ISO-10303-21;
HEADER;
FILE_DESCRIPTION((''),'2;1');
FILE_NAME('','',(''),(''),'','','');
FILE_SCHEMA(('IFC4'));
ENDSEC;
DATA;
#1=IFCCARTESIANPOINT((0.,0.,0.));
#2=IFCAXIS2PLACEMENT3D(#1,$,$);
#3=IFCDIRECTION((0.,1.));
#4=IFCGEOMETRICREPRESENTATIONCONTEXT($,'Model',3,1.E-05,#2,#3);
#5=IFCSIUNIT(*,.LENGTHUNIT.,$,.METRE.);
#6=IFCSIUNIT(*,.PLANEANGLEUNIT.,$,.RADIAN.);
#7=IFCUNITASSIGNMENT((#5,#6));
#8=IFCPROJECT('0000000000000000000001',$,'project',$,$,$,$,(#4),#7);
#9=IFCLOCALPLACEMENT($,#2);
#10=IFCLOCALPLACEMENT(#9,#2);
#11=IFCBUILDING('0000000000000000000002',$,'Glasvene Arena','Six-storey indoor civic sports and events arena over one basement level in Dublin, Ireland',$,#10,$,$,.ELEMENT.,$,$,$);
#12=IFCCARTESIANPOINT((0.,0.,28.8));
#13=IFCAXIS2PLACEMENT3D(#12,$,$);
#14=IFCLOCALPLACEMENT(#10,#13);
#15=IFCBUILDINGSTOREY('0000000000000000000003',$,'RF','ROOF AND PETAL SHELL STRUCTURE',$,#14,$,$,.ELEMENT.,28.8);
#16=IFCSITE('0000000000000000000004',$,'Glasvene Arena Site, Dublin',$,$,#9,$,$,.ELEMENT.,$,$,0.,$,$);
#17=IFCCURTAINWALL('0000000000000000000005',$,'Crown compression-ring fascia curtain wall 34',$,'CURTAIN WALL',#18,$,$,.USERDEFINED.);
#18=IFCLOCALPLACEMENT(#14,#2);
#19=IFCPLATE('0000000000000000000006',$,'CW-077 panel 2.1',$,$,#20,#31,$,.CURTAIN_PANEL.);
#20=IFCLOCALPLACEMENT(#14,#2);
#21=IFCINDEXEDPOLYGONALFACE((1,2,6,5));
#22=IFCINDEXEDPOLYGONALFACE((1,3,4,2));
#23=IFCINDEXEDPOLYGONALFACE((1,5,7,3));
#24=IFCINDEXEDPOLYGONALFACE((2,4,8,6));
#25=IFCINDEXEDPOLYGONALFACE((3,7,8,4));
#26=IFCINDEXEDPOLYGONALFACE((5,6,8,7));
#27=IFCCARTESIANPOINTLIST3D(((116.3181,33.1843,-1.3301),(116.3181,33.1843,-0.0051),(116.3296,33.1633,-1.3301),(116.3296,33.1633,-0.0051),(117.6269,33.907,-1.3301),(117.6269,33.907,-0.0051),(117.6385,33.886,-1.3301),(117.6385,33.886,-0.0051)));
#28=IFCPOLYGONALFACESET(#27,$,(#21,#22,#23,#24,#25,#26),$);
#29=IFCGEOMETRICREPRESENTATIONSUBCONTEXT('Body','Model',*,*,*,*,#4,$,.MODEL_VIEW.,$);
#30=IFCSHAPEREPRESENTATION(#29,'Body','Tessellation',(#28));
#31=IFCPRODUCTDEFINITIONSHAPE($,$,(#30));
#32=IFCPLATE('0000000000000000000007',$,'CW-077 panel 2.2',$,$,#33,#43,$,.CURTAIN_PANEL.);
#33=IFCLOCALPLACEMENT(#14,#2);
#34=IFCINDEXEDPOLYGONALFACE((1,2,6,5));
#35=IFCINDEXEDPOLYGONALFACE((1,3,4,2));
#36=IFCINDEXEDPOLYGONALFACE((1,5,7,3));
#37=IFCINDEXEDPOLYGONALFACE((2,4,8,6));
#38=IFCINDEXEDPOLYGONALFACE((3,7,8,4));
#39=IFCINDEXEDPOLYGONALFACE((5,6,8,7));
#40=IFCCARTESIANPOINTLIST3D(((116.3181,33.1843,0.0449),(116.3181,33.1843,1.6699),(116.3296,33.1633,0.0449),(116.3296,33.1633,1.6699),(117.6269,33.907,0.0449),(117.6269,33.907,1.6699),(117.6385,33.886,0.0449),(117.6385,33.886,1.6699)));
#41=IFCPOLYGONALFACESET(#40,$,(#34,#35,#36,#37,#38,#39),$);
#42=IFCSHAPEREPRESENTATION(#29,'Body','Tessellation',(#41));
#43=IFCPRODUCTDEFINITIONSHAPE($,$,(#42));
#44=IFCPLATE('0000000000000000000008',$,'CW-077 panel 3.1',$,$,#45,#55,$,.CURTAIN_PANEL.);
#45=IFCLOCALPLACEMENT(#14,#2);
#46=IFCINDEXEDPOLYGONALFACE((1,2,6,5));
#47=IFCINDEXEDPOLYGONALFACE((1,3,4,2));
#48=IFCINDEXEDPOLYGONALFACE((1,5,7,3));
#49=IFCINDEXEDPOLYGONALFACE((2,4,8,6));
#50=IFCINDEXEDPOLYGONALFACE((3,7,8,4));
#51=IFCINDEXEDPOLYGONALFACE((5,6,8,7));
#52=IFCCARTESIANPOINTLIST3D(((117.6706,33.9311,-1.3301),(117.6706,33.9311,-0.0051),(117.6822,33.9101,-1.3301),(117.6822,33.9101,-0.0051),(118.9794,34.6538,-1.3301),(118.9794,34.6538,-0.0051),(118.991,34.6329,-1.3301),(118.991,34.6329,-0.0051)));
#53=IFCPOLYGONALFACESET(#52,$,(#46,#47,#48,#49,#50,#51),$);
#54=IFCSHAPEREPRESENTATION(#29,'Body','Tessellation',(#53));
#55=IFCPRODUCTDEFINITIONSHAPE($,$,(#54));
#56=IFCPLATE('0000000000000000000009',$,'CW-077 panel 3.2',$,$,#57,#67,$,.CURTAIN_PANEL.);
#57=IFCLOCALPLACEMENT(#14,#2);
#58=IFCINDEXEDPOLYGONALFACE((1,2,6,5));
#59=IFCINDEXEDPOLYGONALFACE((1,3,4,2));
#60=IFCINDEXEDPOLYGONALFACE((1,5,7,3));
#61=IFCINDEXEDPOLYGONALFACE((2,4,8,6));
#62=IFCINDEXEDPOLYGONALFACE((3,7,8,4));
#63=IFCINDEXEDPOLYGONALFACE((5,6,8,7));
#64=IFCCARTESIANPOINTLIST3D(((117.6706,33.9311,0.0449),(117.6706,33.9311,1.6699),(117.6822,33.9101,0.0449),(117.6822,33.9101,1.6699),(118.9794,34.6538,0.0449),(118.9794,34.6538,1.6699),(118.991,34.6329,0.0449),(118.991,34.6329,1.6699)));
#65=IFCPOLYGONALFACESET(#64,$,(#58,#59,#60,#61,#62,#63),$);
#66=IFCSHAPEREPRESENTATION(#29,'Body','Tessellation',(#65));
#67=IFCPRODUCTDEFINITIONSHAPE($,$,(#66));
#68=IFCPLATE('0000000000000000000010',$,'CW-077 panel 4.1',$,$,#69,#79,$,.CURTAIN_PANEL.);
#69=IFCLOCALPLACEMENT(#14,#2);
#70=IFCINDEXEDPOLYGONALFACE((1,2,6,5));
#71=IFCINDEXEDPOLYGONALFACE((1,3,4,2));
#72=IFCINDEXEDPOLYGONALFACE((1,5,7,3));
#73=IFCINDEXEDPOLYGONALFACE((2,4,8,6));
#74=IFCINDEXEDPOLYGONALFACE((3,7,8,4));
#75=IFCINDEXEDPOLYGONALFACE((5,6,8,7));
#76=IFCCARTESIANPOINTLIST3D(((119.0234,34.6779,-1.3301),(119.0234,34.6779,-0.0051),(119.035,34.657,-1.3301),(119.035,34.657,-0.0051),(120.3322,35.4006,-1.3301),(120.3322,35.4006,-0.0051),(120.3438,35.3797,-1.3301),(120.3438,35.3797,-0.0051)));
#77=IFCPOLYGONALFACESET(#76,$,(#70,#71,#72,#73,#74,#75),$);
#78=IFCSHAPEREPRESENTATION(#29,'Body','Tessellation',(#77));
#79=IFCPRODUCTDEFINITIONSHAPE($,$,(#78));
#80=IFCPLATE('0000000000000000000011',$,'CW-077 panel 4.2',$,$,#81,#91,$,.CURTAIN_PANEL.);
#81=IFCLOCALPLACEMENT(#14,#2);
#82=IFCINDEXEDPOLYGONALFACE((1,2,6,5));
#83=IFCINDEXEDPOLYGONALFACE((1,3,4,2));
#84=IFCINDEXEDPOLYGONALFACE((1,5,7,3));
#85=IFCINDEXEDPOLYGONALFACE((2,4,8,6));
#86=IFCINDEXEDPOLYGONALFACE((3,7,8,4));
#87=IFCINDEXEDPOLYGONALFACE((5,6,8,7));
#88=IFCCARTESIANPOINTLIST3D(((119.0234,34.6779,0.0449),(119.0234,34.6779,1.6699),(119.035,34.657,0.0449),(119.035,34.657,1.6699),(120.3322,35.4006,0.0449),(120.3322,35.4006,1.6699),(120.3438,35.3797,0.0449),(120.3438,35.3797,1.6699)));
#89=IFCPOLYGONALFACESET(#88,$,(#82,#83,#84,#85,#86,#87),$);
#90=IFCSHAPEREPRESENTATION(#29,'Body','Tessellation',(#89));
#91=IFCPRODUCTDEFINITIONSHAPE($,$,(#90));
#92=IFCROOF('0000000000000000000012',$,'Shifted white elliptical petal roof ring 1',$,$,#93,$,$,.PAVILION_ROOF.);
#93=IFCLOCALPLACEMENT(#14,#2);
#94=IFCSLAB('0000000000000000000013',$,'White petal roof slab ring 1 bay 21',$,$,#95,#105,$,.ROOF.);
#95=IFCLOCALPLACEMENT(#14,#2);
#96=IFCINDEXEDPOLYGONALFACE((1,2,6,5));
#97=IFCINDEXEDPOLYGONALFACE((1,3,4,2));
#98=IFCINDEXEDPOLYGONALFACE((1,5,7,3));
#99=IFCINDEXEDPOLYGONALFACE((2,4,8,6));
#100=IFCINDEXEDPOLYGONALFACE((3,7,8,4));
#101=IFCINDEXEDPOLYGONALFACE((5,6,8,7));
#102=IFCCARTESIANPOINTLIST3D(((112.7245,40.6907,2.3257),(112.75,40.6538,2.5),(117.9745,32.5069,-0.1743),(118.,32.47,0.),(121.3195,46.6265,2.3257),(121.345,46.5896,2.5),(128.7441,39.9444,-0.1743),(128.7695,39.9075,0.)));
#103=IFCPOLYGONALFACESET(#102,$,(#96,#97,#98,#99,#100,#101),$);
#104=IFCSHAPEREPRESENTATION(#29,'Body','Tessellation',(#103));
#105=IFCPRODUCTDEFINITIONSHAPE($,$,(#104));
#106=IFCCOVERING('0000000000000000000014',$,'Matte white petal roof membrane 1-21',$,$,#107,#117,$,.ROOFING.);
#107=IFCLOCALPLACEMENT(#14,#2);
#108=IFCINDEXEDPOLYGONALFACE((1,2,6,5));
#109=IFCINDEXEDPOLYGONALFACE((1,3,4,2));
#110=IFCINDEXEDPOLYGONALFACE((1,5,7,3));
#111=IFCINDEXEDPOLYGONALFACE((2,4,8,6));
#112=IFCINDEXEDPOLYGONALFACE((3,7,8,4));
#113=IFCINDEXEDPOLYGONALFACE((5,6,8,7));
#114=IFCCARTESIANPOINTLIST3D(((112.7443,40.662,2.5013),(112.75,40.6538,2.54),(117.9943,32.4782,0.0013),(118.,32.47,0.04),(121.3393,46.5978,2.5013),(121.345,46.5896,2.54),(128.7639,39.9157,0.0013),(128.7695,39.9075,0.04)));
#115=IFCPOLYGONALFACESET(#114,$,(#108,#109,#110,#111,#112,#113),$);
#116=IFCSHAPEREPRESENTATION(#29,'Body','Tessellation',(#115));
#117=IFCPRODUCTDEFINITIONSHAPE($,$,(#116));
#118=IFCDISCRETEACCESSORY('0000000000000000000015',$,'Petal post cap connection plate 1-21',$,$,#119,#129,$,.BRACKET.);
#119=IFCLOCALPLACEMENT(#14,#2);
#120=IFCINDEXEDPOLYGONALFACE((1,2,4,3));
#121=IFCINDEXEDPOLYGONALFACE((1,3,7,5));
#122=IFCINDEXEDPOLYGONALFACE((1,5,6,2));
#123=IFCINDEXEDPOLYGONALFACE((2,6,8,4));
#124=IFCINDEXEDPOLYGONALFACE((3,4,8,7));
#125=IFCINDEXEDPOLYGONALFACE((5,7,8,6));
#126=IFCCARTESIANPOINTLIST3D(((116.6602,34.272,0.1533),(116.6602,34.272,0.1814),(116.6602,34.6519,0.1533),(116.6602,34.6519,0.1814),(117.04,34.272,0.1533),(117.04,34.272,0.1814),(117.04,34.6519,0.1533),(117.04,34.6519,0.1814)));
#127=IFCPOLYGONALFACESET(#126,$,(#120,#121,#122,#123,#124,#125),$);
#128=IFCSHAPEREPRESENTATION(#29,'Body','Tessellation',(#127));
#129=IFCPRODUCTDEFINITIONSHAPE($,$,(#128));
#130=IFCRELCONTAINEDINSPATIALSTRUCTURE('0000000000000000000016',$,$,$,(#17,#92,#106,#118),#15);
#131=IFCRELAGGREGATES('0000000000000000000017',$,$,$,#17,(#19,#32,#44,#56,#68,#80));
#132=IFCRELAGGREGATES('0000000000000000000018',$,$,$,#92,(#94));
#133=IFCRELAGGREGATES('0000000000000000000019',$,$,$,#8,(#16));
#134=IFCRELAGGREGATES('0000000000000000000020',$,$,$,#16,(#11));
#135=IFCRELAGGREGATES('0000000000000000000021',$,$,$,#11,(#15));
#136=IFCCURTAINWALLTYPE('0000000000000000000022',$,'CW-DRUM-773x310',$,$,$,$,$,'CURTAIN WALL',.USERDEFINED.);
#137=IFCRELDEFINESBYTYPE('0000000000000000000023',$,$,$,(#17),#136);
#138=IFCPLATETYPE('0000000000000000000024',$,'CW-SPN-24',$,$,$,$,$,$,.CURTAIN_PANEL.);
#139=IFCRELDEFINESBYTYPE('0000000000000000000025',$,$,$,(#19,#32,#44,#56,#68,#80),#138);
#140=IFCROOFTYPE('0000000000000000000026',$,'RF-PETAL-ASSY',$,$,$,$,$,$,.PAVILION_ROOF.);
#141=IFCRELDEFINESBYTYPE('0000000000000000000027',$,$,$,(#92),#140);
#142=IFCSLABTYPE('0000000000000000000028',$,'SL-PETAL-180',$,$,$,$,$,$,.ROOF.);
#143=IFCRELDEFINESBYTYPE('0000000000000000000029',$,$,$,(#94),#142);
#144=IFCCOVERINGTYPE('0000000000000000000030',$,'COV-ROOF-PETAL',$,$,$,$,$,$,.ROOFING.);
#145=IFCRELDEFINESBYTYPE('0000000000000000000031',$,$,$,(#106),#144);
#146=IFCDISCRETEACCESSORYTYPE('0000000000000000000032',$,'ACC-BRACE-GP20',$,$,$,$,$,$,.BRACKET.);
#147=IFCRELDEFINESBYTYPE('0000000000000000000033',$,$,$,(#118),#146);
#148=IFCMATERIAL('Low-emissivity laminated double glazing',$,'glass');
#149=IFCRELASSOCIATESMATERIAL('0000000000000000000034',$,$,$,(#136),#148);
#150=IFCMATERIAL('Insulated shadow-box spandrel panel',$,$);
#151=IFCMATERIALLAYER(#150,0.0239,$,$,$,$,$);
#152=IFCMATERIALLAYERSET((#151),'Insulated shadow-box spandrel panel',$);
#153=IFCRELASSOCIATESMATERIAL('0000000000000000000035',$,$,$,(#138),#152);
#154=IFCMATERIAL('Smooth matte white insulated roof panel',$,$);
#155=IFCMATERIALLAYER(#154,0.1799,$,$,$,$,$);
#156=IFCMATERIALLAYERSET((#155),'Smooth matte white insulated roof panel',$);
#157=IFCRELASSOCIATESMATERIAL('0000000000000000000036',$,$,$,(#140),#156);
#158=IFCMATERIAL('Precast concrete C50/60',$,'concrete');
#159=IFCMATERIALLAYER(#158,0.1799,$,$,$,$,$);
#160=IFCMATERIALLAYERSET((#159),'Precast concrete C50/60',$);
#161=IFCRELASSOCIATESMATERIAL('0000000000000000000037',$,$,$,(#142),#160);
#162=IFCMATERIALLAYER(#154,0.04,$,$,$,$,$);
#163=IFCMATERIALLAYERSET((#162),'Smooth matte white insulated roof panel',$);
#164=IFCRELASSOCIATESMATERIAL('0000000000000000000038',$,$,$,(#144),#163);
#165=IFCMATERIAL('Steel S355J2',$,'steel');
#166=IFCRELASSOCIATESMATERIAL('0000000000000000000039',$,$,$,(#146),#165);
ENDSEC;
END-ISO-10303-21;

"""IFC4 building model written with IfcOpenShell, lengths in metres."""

from ifc_helpers import new_model, si_unit, direction, frame, origin, origin_2d, place, context, subcontext, project, spatial, polyline, rectangle, outline, extrude, material, layer, layer_set, type_object, element, aggregate, save


model = new_model("IFC4")

# Units and contexts
model_context = context("Model", 3, precision=1e-05, world=origin(), true_north=direction((0.0, 1.0)))
body_context = subcontext(model_context, "Body", "Model", "MODEL_VIEW")
ifc_project = project(units=[si_unit("LENGTHUNIT", "METRE"), si_unit("PLANEANGLEUNIT", "RADIAN")], contexts=[model_context])

# Site, building, storey
site_placement = place(None, origin())
site = spatial("IfcSite", under=ifc_project, at=site_placement, Name="Glasvene Arena Site, Dublin", CompositionType="ELEMENT", RefElevation=0.0)
building_placement = place(site_placement, origin())
building = spatial("IfcBuilding", under=site, at=building_placement, Name="Glasvene Arena", Description="Six-storey indoor civic sports and events arena over one basement level in Dublin, Ireland", CompositionType="ELEMENT")
storey_placement = place(building_placement, frame((0.0, 0.0, 28.8)))
storey = spatial("IfcBuildingStorey", under=building, at=storey_placement, Name="RF", Description="ROOF AND PETAL SHELL STRUCTURE", CompositionType="ELEMENT", Elevation=28.8)

# Shared definitions
ifc_material_1 = material(Name="Low-emissivity laminated double glazing", Category="glass")

# Curtain wall
curtain_wall_type_1 = type_object("IfcCurtainWallType", Name="CW-DRUM-773x310", ElementType="CURTAIN WALL", PredefinedType="USERDEFINED", material=ifc_material_1)
curtain_wall_1_placement = place(storey_placement, frame((114.9492, 32.4148, 0.0)))
curtain_wall_1 = element("IfcCurtainWall", 1, at=curtain_wall_1_placement, inside=storey, type_object=curtain_wall_type_1, Name="Crown compression-ring fascia curtain wall 34", ObjectType="CURTAIN WALL", PredefinedType="USERDEFINED")

# Shared definitions
ifc_material_2 = material(Name="Steel S355J2", Category="steel")

# Plates
ifc_material_3 = material(Name="Insulated shadow-box spandrel panel")
ifc_layer_1 = layer(ifc_material_3, 0.0239)
ifc_layer_set_1 = layer_set([ifc_layer_1], Name="Insulated shadow-box spandrel panel")
plate_type = type_object("IfcPlateType", Name="CW-SPN-24", PredefinedType="CURTAIN_PANEL", material=ifc_layer_set_1)
plate_1_placement = place(storey_placement, frame((116.9783, 33.5352, -1.3301), z_axis=(0.0, 0.0, 1.0), x_axis=(0.875407, 0.483387, 0.0)))
plate_1 = element("IfcPlate", 2, at=plate_1_placement, type_object=plate_type, Name="CW-077 panel 2.1", PredefinedType="CURTAIN_PANEL", context=body_context, shape_type="SweptSolid", body=[
    extrude(rectangle(XDim=1.4951, YDim=0.0239, at=origin_2d()), origin(), (0.0, 0.0, 1.0), 1.325),
])
plate_2_placement = place(storey_placement, frame((116.9783, 33.5352, 0.0449), z_axis=(0.0, 0.0, 1.0), x_axis=(0.875407, 0.483387, 0.0)))
plate_2 = element("IfcPlate", 3, at=plate_2_placement, type_object=plate_type, Name="CW-077 panel 2.2", PredefinedType="CURTAIN_PANEL", context=body_context, shape_type="SweptSolid", body=[
    extrude(rectangle(XDim=1.4951, YDim=0.0239, at=origin_2d()), origin(), (0.0, 0.0, 1.0), 1.625),
])
plate_3_placement = place(storey_placement, frame((118.3308, 34.282, -1.3301), z_axis=(0.0, 0.0, 1.0), x_axis=(0.875407, 0.483387, 0.0)))
plate_3 = element("IfcPlate", 4, at=plate_3_placement, type_object=plate_type, Name="CW-077 panel 3.1", PredefinedType="CURTAIN_PANEL", context=body_context, shape_type="SweptSolid", body=[
    extrude(rectangle(XDim=1.4951, YDim=0.0239, at=origin_2d()), origin(), (0.0, 0.0, 1.0), 1.325),
])
plate_4_placement = place(storey_placement, frame((118.3308, 34.282, 0.0449), z_axis=(0.0, 0.0, 1.0), x_axis=(0.875407, 0.483387, 0.0)))
plate_4 = element("IfcPlate", 5, at=plate_4_placement, type_object=plate_type, Name="CW-077 panel 3.2", PredefinedType="CURTAIN_PANEL", context=body_context, shape_type="SweptSolid", body=[
    extrude(rectangle(XDim=1.4951, YDim=0.0239, at=origin_2d()), origin(), (0.0, 0.0, 1.0), 1.625),
])
plate_5_placement = place(storey_placement, frame((119.6836, 35.0288, -1.3301), z_axis=(0.0, 0.0, 1.0), x_axis=(0.875407, 0.483387, 0.0)))
plate_5 = element("IfcPlate", 6, at=plate_5_placement, type_object=plate_type, Name="CW-077 panel 4.1", PredefinedType="CURTAIN_PANEL", context=body_context, shape_type="SweptSolid", body=[
    extrude(rectangle(XDim=1.4951, YDim=0.0239, at=origin_2d()), origin(), (0.0, 0.0, 1.0), 1.325),
])
plate_6_placement = place(storey_placement, frame((119.6836, 35.0288, 0.0449), z_axis=(0.0, 0.0, 1.0), x_axis=(0.875407, 0.483387, 0.0)))
plate_6 = element("IfcPlate", 7, at=plate_6_placement, type_object=plate_type, Name="CW-077 panel 4.2", PredefinedType="CURTAIN_PANEL", context=body_context, shape_type="SweptSolid", body=[
    extrude(rectangle(XDim=1.4951, YDim=0.0239, at=origin_2d()), origin(), (0.0, 0.0, 1.0), 1.625),
])
aggregate(curtain_wall_1, [plate_1, plate_2, plate_3, plate_4, plate_5, plate_6])

# Roof, slab
ifc_material_4 = material(Name="Smooth matte white insulated roof panel")
ifc_layer_2 = layer(ifc_material_4, 0.1799)
ifc_layer_set_2 = layer_set([ifc_layer_2], Name="Smooth matte white insulated roof panel")
roof_type = type_object("IfcRoofType", Name="RF-PETAL-ASSY", PredefinedType="PAVILION_ROOF", material=ifc_layer_set_2)
roof_placement = place(storey_placement, frame((92.0, 73.0, 0.0)))
roof = element("IfcRoof", 8, at=roof_placement, inside=storey, type_object=roof_type, Name="Shifted white elliptical petal roof ring 1", PredefinedType="PAVILION_ROOF")
ifc_material_5 = material(Name="Precast concrete C50/60", Category="concrete")
ifc_layer_3 = layer(ifc_material_5, 0.1799)
ifc_layer_set_3 = layer_set([ifc_layer_3], Name="Precast concrete C50/60")
slab_type = type_object("IfcSlabType", Name="SL-PETAL-180", PredefinedType="ROOF", material=ifc_layer_set_3)
slab_placement = place(storey_placement, frame((118.0, 32.47, 0.0), z_axis=(0.141586, -0.205017, 0.968463), x_axis=(0.822847, 0.568263, 0.0)))
slab = element("IfcSlab", 9, at=slab_placement, type_object=slab_type, Name="White petal roof slab ring 1 bay 21", PredefinedType="ROOF", context=body_context, shape_type="SweptSolid", body=[
    extrude(outline(polyline([(0.0, 0.0), (13.0881, 0.0), (10.7761, 10.0339), (0.3306, 10.0339), (0.0, 0.0)])), origin(), (0.0, 0.0, -1.0), 0.1799),
])
aggregate(roof, [slab])

# Covering
ifc_layer_4 = layer(ifc_material_4, 0.04)
ifc_layer_set_4 = layer_set([ifc_layer_4], Name="Smooth matte white insulated roof panel")
covering_type = type_object("IfcCoveringType", Name="COV-ROOF-PETAL", PredefinedType="ROOFING", material=ifc_layer_set_4)
covering_placement = place(storey_placement, frame((118.0, 32.47, 0.04), z_axis=(0.141586, -0.205017, 0.968463), x_axis=(0.822847, 0.568263, 0.0)))
element("IfcCovering", 10, at=covering_placement, inside=storey, type_object=covering_type, Name="Matte white petal roof membrane 1-21", PredefinedType="ROOFING", context=body_context, shape_type="SweptSolid", body=[
    extrude(outline(polyline([(0.0, 0.0), (13.0881, 0.0), (10.7761, 10.0339), (0.3306, 10.0339), (0.0, 0.0)])), origin(), (0.0, 0.0, -1.0), 0.04),
])

# Discrete accessory
discrete_accessory_type = type_object("IfcDiscreteAccessoryType", Name="ACC-BRACE-GP20", PredefinedType="BRACKET", material=ifc_material_2)
discrete_accessory_placement = place(storey_placement, frame((116.8501, 34.4619, 0.1533), z_axis=(0.0, 0.0, 1.0), x_axis=(1.0, 0.0, 0.0)))
element("IfcDiscreteAccessory", 11, at=discrete_accessory_placement, inside=storey, type_object=discrete_accessory_type, Name="Petal post cap connection plate 1-21", PredefinedType="BRACKET", context=body_context, shape_type="SweptSolid", body=[
    extrude(rectangle(XDim=0.3799, YDim=0.3799, at=origin_2d()), origin(), (0.0, 0.0, 1.0), 0.0281),
])

save(model, "model.ifc")
